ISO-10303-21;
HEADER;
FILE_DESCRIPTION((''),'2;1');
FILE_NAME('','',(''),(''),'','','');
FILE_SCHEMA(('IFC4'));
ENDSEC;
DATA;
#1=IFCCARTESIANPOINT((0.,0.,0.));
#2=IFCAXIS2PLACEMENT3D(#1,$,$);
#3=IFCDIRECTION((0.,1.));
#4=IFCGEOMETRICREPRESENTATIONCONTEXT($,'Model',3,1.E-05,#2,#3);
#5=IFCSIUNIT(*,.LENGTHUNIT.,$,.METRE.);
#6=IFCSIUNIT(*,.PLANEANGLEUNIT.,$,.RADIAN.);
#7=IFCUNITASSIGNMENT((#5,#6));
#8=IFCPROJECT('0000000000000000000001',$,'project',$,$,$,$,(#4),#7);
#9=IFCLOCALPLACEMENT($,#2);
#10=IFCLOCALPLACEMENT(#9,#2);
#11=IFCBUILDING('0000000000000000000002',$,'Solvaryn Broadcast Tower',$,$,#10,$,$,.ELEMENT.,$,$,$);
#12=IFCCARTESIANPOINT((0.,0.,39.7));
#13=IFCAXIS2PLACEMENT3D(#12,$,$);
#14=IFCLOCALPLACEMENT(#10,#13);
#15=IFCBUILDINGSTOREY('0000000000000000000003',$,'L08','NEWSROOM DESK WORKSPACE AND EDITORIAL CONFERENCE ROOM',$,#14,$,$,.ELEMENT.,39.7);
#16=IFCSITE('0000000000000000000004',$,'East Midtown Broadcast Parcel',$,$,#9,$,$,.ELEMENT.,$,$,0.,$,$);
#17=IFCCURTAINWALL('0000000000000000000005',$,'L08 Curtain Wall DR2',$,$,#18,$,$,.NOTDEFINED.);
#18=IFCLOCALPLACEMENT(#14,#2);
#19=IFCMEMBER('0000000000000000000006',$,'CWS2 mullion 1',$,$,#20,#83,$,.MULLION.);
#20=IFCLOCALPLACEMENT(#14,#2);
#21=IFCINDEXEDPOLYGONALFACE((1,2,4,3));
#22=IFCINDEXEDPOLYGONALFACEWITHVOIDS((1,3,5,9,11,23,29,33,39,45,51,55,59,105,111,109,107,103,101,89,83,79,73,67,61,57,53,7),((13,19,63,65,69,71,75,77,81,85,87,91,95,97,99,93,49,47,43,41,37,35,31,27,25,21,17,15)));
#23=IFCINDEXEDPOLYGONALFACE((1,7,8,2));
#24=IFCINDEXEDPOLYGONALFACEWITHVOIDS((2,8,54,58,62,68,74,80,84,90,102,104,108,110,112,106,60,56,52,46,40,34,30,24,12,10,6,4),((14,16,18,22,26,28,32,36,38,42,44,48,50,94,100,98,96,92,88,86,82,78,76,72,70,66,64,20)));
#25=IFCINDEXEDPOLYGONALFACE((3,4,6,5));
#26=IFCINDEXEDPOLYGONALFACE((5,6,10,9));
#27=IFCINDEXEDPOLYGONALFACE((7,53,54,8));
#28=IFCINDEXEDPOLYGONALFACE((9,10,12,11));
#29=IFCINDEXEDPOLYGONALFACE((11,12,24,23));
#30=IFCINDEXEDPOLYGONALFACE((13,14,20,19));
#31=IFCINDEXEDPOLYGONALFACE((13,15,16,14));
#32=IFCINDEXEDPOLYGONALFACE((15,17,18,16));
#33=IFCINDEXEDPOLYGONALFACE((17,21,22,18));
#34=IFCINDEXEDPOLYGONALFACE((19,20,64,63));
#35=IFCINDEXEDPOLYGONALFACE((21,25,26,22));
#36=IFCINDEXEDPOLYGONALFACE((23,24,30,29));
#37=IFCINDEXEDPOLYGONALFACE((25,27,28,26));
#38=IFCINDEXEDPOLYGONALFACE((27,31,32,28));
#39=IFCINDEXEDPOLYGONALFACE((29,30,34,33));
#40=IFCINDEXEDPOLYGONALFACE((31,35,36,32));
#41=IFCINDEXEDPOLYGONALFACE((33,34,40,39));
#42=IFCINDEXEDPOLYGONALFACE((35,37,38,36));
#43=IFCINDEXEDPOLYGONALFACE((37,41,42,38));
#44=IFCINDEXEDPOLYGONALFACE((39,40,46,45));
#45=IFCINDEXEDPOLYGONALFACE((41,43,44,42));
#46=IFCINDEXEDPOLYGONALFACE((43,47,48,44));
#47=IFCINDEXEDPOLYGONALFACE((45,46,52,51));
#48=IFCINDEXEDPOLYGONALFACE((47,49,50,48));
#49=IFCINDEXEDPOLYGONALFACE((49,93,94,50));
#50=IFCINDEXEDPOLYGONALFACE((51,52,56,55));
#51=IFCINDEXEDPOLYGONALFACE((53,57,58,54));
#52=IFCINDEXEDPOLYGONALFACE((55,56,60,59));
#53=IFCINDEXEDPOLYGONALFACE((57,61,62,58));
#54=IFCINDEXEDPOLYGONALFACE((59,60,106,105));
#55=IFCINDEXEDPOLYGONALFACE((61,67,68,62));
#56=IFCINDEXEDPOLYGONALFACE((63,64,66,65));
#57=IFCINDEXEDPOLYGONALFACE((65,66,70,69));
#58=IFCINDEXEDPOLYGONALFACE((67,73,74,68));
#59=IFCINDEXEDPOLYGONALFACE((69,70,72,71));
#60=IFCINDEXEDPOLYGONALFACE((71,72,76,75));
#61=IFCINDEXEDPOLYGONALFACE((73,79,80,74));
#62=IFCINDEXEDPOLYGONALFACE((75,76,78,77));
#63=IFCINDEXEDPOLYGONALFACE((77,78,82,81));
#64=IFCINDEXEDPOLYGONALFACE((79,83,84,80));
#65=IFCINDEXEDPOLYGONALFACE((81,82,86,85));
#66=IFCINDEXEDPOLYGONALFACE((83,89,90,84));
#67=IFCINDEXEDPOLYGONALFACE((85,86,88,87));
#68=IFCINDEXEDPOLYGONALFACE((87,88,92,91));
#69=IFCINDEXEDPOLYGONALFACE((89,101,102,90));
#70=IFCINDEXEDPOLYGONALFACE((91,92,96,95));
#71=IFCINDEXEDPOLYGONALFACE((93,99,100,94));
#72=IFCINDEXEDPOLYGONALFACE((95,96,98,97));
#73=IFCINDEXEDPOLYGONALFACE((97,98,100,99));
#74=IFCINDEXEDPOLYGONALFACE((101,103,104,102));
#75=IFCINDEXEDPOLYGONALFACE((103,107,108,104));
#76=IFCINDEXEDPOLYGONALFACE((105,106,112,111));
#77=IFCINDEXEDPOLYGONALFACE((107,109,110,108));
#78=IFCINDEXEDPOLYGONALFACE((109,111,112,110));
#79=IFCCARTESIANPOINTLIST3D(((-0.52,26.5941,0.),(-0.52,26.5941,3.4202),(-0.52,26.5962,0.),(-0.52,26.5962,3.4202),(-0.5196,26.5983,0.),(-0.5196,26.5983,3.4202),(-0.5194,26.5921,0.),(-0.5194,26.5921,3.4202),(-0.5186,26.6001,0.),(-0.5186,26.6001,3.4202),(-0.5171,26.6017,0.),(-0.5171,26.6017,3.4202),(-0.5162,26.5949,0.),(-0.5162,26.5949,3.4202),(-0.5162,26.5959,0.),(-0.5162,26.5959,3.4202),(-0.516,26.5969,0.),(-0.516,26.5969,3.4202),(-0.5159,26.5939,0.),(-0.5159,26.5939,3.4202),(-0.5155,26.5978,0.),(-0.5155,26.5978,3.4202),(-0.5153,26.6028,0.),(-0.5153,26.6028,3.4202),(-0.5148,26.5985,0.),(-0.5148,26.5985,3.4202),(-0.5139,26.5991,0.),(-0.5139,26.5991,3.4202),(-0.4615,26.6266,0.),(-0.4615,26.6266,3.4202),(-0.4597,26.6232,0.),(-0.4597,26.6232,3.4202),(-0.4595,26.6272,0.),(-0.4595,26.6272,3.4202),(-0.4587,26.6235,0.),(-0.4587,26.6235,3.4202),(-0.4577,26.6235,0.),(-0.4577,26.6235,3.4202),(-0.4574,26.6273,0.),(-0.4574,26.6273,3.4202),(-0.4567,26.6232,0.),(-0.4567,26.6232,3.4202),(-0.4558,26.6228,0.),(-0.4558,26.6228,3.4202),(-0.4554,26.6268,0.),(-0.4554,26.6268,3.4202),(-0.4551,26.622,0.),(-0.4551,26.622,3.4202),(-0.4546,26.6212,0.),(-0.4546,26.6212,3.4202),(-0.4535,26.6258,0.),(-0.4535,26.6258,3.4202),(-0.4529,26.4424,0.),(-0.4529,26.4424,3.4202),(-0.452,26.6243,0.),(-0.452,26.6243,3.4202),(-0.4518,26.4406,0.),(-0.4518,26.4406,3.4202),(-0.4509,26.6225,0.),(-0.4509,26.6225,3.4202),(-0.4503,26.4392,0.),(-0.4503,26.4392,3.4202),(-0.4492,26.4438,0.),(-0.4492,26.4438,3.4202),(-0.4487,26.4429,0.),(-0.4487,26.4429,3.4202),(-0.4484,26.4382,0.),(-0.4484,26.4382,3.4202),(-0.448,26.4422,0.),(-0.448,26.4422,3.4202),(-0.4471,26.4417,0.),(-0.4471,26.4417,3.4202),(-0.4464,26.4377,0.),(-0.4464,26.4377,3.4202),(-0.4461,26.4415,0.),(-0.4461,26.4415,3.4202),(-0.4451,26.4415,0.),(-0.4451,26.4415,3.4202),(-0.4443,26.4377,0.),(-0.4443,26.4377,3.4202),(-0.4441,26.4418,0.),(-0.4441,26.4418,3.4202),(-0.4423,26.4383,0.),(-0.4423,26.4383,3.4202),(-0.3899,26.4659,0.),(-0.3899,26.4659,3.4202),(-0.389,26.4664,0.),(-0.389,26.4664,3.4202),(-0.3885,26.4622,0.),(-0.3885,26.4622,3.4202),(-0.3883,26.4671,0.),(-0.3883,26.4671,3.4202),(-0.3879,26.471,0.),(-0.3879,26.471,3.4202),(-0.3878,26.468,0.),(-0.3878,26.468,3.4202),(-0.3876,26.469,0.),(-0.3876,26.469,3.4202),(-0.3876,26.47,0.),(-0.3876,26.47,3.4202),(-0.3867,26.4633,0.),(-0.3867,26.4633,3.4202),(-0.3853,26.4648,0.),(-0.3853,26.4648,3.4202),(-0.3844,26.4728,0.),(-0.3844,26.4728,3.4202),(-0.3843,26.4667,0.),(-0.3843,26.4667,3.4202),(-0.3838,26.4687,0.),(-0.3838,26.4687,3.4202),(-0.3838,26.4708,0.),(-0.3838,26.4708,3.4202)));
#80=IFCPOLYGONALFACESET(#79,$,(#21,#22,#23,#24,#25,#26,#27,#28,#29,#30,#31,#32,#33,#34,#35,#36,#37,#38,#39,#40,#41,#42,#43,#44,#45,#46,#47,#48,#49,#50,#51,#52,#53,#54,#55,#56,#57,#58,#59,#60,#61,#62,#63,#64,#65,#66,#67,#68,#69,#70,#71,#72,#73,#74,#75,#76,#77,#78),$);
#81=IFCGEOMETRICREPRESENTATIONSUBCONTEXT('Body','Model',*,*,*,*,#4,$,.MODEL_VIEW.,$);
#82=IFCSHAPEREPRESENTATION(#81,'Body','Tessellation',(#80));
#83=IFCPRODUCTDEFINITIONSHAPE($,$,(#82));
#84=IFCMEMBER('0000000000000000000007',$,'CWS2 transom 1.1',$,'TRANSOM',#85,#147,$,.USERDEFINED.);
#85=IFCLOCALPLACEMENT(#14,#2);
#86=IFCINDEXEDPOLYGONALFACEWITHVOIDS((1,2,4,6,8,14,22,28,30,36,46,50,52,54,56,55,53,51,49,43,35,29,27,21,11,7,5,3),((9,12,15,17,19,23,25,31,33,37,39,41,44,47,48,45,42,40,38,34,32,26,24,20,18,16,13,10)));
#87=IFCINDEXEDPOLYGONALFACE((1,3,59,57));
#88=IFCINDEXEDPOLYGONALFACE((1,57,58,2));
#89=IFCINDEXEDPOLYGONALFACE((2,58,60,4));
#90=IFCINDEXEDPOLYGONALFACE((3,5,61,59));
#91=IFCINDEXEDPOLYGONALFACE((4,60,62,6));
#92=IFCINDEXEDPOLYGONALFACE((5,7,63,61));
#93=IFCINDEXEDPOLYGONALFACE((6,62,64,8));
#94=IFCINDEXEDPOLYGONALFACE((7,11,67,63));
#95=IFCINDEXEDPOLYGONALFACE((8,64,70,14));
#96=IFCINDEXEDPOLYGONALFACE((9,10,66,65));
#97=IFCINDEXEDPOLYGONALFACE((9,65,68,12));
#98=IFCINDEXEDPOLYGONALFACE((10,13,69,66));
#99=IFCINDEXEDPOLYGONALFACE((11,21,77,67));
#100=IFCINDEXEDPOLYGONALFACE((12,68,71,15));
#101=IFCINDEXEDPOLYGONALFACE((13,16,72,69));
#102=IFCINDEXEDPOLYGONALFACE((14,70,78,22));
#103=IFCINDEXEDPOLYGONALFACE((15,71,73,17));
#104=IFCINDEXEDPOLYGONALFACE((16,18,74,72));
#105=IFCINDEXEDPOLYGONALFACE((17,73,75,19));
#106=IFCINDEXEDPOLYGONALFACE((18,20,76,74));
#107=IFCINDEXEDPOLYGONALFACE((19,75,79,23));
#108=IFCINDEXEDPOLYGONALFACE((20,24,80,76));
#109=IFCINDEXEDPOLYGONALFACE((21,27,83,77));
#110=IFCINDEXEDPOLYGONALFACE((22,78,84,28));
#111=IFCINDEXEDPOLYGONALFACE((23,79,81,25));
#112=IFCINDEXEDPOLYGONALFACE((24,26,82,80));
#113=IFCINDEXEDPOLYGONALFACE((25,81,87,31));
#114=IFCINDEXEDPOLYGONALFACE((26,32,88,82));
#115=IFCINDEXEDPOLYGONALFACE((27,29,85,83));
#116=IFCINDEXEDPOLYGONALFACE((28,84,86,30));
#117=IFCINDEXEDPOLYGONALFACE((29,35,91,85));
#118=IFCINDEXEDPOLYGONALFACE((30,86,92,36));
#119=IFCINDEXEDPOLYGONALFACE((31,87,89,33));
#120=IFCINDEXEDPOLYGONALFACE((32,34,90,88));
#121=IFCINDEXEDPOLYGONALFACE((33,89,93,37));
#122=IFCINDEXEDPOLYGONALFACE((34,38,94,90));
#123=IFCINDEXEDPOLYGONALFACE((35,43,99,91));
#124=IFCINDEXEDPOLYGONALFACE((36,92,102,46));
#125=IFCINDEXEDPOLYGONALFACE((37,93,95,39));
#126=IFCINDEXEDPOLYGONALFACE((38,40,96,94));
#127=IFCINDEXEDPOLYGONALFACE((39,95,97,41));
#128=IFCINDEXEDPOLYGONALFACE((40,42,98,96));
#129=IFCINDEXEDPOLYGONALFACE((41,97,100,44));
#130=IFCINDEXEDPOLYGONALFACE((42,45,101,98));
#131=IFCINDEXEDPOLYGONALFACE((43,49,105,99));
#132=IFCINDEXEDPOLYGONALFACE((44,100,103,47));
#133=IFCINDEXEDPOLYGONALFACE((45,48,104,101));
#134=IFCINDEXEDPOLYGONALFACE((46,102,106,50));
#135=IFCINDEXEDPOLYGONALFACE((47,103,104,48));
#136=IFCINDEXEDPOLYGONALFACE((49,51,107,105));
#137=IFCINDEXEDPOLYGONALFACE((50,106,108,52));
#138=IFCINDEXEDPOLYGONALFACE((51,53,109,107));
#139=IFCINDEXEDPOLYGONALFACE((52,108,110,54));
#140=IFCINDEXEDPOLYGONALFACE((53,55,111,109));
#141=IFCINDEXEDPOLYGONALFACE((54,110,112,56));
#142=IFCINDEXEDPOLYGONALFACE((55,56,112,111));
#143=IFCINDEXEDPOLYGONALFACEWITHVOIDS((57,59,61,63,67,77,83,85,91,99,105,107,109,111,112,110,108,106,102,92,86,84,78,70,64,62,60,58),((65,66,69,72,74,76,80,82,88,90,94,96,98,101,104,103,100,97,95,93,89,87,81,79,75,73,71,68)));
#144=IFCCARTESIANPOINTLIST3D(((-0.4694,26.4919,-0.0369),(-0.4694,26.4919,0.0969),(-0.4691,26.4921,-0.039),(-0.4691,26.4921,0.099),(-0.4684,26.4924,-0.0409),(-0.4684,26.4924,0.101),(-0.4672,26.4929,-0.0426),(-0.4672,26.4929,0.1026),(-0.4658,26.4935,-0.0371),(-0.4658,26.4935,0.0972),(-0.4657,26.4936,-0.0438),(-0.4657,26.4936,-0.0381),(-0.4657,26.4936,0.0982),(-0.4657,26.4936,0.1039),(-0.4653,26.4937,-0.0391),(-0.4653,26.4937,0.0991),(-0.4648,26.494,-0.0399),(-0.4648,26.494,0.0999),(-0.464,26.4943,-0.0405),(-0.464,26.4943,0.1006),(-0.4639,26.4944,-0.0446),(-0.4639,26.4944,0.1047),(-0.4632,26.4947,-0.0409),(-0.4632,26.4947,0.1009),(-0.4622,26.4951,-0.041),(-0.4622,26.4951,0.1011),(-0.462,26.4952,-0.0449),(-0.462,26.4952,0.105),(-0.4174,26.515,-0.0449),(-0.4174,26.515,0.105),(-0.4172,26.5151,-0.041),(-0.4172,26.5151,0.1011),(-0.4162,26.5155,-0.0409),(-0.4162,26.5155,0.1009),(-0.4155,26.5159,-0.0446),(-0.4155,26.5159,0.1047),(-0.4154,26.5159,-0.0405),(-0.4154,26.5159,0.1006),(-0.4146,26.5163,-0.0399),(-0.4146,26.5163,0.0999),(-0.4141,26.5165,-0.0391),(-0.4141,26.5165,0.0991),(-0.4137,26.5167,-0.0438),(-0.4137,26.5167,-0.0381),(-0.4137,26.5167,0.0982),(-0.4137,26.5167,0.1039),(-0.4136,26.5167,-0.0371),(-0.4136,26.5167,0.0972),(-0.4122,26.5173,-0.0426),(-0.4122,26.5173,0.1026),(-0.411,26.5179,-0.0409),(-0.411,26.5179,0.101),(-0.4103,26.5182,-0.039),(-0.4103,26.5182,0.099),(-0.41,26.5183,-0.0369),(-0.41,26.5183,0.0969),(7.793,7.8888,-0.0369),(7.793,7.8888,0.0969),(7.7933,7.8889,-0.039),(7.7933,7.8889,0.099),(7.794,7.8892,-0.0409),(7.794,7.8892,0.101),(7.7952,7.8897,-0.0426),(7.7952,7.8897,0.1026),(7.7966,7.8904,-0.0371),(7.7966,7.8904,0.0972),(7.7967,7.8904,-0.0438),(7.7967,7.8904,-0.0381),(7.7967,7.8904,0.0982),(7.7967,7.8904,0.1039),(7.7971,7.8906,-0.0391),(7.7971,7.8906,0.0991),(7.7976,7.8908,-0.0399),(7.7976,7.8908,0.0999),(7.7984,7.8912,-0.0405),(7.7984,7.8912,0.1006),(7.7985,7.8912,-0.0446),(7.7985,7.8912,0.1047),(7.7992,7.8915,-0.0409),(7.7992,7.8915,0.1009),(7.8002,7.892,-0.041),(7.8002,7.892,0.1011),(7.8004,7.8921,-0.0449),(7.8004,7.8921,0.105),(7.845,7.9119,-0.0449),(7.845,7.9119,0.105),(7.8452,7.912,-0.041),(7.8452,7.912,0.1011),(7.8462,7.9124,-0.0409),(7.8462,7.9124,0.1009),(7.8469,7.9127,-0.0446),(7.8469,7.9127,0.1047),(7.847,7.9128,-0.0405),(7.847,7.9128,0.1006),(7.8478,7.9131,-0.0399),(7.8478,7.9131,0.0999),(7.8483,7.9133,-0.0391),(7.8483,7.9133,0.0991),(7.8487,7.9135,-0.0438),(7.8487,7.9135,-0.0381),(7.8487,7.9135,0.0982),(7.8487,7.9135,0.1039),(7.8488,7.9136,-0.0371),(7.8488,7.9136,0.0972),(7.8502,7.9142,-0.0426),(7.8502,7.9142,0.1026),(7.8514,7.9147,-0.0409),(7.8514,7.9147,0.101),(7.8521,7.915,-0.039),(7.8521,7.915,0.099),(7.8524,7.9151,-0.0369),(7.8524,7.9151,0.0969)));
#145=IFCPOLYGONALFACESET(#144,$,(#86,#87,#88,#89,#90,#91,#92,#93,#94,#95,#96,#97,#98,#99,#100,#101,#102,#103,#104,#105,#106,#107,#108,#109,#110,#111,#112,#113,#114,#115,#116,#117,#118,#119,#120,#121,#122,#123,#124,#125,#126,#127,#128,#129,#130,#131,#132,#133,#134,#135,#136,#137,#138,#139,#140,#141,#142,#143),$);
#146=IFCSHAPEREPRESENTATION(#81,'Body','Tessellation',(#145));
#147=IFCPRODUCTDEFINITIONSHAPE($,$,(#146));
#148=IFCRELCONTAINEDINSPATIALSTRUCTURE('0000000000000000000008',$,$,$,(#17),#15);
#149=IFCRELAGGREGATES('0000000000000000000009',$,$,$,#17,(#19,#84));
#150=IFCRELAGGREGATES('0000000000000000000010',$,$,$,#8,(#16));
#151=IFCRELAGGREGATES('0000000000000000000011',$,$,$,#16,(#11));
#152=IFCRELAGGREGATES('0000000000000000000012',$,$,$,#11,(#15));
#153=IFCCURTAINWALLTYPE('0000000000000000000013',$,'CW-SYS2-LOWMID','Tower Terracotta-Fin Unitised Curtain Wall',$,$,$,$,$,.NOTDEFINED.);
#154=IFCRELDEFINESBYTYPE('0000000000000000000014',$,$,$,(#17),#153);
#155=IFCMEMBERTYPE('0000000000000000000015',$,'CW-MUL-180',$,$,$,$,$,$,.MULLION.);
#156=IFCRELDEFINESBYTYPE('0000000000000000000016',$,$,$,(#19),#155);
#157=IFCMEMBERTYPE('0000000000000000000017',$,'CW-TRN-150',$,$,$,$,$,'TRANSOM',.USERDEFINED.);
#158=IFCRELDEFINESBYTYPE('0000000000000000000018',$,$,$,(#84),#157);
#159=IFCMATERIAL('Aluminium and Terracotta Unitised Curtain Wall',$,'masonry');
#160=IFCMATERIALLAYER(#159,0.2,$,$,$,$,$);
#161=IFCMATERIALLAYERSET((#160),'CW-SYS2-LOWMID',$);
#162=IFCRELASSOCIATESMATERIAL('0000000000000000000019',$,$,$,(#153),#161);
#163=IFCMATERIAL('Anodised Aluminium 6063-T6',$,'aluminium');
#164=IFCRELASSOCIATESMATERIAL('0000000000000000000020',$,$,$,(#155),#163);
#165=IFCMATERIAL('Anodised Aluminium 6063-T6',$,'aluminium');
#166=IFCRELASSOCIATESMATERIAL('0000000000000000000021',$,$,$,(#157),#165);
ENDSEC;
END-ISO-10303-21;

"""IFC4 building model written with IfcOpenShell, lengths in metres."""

from ifc_helpers import new_model, si_unit, direction, frame, origin, origin_2d, place, context, subcontext, project, spatial, hollow_rectangle, extrude, material, layer, layer_set, material_profile, profile_set, type_object, element, aggregate, save


model = new_model("IFC4")

# Units and contexts
model_context = context("Model", 3, precision=1e-05, world=origin(), true_north=direction((0.0, 1.0)))
body_context = subcontext(model_context, "Body", "Model", "MODEL_VIEW")
ifc_project = project(units=[si_unit("LENGTHUNIT", "METRE"), si_unit("PLANEANGLEUNIT", "RADIAN")], contexts=[model_context])

# Site, building, storey
site_placement = place(None, origin())
site = spatial("IfcSite", under=ifc_project, at=site_placement, Name="East Midtown Broadcast Parcel", CompositionType="ELEMENT", RefElevation=0.0)
building_placement = place(site_placement, origin())
building = spatial("IfcBuilding", under=site, at=building_placement, Name="Solvaryn Broadcast Tower", CompositionType="ELEMENT")
storey_placement = place(building_placement, frame((0.0, 0.0, 39.7)))
storey = spatial("IfcBuildingStorey", under=building, at=storey_placement, Name="L08", Description="NEWSROOM DESK WORKSPACE AND EDITORIAL CONFERENCE ROOM", CompositionType="ELEMENT", Elevation=39.7)

# Shared definitions
ifc_material_1 = material(Name="Aluminium and Terracotta Unitised Curtain Wall", Category="masonry")
ifc_layer_1 = layer(ifc_material_1, 0.2)
ifc_layer_set_1 = layer_set([ifc_layer_1], Name="CW-SYS2-LOWMID")
curtain_wall_type = type_object("IfcCurtainWallType", Name="CW-SYS2-LOWMID", Description="Tower Terracotta-Fin Unitised Curtain Wall", PredefinedType="NOTDEFINED", material=ifc_layer_set_1)
ifc_material_2 = material(Name="Anodised Aluminium 6063-T6", Category="aluminium")
ifc_material_profile_1 = material_profile(ifc_material_2, hollow_rectangle(XDim=0.075, YDim=0.1799, WallThickness=0.0039, InnerFilletRadius=0.0039, OuterFilletRadius=0.0081, at=origin_2d()))
ifc_profile_set_1 = profile_set([ifc_material_profile_1], Name="Anodised Aluminium 6063-T6")
member_type_1 = type_object("IfcMemberType", Name="CW-MUL-180", PredefinedType="MULLION", material=ifc_profile_set_1)

# Curtain wall, members
curtain_wall_1_placement = place(storey_placement, origin())
curtain_wall_1 = element("IfcCurtainWall", 1, at=curtain_wall_1_placement, inside=storey, type_object=curtain_wall_type, Name="L08 Curtain Wall DR2", PredefinedType="NOTDEFINED")
member_1_placement = place(storey_placement, frame((-0.4519, 26.5325, 0.0), z_axis=(0.0, 0.0, 1.0), x_axis=(0.913918, 0.405898, 0.0)))
member_1 = element("IfcMember", 2, at=member_1_placement, type_object=member_type_1, Name="CWS2 mullion 1", PredefinedType="MULLION", context=body_context, shape_type="SweptSolid", body=[
    extrude(hollow_rectangle(XDim=0.075, YDim=0.1799, WallThickness=0.0039, InnerFilletRadius=0.0039, OuterFilletRadius=0.0081, at=origin_2d()), origin(), (0.0, 0.0, 1.0), 3.4202),
])
ifc_material_3 = material(Name="Anodised Aluminium 6063-T6", Category="aluminium")
ifc_material_profile_2 = material_profile(ifc_material_3, hollow_rectangle(XDim=0.0649, YDim=0.1499, WallThickness=0.0039, InnerFilletRadius=0.0039, OuterFilletRadius=0.0081, at=origin_2d()))
ifc_profile_set_2 = profile_set([ifc_material_profile_2], Name="Anodised Aluminium 6063-T6")
member_type_2 = type_object("IfcMemberType", Name="CW-TRN-150", ElementType="TRANSOM", PredefinedType="USERDEFINED", material=ifc_profile_set_2)
member_2_placement = place(storey_placement, frame((-0.4397, 26.5051, 0.03), z_axis=(0.405906, -0.913915, 0.0), x_axis=(0.913915, 0.405906, 0.0)))
member_2 = element("IfcMember", 3, at=member_2_placement, type_object=member_type_2, Name="CWS2 transom 1.1", ObjectType="TRANSOM", PredefinedType="USERDEFINED", context=body_context, shape_type="SweptSolid", body=[
    extrude(hollow_rectangle(XDim=0.0649, YDim=0.1499, WallThickness=0.0039, InnerFilletRadius=0.0039, OuterFilletRadius=0.0081, at=origin_2d()), origin(), (0.0, 0.0, 1.0), 20.3555),
])
aggregate(curtain_wall_1, [member_1, member_2])

save(model, "model.ifc")
